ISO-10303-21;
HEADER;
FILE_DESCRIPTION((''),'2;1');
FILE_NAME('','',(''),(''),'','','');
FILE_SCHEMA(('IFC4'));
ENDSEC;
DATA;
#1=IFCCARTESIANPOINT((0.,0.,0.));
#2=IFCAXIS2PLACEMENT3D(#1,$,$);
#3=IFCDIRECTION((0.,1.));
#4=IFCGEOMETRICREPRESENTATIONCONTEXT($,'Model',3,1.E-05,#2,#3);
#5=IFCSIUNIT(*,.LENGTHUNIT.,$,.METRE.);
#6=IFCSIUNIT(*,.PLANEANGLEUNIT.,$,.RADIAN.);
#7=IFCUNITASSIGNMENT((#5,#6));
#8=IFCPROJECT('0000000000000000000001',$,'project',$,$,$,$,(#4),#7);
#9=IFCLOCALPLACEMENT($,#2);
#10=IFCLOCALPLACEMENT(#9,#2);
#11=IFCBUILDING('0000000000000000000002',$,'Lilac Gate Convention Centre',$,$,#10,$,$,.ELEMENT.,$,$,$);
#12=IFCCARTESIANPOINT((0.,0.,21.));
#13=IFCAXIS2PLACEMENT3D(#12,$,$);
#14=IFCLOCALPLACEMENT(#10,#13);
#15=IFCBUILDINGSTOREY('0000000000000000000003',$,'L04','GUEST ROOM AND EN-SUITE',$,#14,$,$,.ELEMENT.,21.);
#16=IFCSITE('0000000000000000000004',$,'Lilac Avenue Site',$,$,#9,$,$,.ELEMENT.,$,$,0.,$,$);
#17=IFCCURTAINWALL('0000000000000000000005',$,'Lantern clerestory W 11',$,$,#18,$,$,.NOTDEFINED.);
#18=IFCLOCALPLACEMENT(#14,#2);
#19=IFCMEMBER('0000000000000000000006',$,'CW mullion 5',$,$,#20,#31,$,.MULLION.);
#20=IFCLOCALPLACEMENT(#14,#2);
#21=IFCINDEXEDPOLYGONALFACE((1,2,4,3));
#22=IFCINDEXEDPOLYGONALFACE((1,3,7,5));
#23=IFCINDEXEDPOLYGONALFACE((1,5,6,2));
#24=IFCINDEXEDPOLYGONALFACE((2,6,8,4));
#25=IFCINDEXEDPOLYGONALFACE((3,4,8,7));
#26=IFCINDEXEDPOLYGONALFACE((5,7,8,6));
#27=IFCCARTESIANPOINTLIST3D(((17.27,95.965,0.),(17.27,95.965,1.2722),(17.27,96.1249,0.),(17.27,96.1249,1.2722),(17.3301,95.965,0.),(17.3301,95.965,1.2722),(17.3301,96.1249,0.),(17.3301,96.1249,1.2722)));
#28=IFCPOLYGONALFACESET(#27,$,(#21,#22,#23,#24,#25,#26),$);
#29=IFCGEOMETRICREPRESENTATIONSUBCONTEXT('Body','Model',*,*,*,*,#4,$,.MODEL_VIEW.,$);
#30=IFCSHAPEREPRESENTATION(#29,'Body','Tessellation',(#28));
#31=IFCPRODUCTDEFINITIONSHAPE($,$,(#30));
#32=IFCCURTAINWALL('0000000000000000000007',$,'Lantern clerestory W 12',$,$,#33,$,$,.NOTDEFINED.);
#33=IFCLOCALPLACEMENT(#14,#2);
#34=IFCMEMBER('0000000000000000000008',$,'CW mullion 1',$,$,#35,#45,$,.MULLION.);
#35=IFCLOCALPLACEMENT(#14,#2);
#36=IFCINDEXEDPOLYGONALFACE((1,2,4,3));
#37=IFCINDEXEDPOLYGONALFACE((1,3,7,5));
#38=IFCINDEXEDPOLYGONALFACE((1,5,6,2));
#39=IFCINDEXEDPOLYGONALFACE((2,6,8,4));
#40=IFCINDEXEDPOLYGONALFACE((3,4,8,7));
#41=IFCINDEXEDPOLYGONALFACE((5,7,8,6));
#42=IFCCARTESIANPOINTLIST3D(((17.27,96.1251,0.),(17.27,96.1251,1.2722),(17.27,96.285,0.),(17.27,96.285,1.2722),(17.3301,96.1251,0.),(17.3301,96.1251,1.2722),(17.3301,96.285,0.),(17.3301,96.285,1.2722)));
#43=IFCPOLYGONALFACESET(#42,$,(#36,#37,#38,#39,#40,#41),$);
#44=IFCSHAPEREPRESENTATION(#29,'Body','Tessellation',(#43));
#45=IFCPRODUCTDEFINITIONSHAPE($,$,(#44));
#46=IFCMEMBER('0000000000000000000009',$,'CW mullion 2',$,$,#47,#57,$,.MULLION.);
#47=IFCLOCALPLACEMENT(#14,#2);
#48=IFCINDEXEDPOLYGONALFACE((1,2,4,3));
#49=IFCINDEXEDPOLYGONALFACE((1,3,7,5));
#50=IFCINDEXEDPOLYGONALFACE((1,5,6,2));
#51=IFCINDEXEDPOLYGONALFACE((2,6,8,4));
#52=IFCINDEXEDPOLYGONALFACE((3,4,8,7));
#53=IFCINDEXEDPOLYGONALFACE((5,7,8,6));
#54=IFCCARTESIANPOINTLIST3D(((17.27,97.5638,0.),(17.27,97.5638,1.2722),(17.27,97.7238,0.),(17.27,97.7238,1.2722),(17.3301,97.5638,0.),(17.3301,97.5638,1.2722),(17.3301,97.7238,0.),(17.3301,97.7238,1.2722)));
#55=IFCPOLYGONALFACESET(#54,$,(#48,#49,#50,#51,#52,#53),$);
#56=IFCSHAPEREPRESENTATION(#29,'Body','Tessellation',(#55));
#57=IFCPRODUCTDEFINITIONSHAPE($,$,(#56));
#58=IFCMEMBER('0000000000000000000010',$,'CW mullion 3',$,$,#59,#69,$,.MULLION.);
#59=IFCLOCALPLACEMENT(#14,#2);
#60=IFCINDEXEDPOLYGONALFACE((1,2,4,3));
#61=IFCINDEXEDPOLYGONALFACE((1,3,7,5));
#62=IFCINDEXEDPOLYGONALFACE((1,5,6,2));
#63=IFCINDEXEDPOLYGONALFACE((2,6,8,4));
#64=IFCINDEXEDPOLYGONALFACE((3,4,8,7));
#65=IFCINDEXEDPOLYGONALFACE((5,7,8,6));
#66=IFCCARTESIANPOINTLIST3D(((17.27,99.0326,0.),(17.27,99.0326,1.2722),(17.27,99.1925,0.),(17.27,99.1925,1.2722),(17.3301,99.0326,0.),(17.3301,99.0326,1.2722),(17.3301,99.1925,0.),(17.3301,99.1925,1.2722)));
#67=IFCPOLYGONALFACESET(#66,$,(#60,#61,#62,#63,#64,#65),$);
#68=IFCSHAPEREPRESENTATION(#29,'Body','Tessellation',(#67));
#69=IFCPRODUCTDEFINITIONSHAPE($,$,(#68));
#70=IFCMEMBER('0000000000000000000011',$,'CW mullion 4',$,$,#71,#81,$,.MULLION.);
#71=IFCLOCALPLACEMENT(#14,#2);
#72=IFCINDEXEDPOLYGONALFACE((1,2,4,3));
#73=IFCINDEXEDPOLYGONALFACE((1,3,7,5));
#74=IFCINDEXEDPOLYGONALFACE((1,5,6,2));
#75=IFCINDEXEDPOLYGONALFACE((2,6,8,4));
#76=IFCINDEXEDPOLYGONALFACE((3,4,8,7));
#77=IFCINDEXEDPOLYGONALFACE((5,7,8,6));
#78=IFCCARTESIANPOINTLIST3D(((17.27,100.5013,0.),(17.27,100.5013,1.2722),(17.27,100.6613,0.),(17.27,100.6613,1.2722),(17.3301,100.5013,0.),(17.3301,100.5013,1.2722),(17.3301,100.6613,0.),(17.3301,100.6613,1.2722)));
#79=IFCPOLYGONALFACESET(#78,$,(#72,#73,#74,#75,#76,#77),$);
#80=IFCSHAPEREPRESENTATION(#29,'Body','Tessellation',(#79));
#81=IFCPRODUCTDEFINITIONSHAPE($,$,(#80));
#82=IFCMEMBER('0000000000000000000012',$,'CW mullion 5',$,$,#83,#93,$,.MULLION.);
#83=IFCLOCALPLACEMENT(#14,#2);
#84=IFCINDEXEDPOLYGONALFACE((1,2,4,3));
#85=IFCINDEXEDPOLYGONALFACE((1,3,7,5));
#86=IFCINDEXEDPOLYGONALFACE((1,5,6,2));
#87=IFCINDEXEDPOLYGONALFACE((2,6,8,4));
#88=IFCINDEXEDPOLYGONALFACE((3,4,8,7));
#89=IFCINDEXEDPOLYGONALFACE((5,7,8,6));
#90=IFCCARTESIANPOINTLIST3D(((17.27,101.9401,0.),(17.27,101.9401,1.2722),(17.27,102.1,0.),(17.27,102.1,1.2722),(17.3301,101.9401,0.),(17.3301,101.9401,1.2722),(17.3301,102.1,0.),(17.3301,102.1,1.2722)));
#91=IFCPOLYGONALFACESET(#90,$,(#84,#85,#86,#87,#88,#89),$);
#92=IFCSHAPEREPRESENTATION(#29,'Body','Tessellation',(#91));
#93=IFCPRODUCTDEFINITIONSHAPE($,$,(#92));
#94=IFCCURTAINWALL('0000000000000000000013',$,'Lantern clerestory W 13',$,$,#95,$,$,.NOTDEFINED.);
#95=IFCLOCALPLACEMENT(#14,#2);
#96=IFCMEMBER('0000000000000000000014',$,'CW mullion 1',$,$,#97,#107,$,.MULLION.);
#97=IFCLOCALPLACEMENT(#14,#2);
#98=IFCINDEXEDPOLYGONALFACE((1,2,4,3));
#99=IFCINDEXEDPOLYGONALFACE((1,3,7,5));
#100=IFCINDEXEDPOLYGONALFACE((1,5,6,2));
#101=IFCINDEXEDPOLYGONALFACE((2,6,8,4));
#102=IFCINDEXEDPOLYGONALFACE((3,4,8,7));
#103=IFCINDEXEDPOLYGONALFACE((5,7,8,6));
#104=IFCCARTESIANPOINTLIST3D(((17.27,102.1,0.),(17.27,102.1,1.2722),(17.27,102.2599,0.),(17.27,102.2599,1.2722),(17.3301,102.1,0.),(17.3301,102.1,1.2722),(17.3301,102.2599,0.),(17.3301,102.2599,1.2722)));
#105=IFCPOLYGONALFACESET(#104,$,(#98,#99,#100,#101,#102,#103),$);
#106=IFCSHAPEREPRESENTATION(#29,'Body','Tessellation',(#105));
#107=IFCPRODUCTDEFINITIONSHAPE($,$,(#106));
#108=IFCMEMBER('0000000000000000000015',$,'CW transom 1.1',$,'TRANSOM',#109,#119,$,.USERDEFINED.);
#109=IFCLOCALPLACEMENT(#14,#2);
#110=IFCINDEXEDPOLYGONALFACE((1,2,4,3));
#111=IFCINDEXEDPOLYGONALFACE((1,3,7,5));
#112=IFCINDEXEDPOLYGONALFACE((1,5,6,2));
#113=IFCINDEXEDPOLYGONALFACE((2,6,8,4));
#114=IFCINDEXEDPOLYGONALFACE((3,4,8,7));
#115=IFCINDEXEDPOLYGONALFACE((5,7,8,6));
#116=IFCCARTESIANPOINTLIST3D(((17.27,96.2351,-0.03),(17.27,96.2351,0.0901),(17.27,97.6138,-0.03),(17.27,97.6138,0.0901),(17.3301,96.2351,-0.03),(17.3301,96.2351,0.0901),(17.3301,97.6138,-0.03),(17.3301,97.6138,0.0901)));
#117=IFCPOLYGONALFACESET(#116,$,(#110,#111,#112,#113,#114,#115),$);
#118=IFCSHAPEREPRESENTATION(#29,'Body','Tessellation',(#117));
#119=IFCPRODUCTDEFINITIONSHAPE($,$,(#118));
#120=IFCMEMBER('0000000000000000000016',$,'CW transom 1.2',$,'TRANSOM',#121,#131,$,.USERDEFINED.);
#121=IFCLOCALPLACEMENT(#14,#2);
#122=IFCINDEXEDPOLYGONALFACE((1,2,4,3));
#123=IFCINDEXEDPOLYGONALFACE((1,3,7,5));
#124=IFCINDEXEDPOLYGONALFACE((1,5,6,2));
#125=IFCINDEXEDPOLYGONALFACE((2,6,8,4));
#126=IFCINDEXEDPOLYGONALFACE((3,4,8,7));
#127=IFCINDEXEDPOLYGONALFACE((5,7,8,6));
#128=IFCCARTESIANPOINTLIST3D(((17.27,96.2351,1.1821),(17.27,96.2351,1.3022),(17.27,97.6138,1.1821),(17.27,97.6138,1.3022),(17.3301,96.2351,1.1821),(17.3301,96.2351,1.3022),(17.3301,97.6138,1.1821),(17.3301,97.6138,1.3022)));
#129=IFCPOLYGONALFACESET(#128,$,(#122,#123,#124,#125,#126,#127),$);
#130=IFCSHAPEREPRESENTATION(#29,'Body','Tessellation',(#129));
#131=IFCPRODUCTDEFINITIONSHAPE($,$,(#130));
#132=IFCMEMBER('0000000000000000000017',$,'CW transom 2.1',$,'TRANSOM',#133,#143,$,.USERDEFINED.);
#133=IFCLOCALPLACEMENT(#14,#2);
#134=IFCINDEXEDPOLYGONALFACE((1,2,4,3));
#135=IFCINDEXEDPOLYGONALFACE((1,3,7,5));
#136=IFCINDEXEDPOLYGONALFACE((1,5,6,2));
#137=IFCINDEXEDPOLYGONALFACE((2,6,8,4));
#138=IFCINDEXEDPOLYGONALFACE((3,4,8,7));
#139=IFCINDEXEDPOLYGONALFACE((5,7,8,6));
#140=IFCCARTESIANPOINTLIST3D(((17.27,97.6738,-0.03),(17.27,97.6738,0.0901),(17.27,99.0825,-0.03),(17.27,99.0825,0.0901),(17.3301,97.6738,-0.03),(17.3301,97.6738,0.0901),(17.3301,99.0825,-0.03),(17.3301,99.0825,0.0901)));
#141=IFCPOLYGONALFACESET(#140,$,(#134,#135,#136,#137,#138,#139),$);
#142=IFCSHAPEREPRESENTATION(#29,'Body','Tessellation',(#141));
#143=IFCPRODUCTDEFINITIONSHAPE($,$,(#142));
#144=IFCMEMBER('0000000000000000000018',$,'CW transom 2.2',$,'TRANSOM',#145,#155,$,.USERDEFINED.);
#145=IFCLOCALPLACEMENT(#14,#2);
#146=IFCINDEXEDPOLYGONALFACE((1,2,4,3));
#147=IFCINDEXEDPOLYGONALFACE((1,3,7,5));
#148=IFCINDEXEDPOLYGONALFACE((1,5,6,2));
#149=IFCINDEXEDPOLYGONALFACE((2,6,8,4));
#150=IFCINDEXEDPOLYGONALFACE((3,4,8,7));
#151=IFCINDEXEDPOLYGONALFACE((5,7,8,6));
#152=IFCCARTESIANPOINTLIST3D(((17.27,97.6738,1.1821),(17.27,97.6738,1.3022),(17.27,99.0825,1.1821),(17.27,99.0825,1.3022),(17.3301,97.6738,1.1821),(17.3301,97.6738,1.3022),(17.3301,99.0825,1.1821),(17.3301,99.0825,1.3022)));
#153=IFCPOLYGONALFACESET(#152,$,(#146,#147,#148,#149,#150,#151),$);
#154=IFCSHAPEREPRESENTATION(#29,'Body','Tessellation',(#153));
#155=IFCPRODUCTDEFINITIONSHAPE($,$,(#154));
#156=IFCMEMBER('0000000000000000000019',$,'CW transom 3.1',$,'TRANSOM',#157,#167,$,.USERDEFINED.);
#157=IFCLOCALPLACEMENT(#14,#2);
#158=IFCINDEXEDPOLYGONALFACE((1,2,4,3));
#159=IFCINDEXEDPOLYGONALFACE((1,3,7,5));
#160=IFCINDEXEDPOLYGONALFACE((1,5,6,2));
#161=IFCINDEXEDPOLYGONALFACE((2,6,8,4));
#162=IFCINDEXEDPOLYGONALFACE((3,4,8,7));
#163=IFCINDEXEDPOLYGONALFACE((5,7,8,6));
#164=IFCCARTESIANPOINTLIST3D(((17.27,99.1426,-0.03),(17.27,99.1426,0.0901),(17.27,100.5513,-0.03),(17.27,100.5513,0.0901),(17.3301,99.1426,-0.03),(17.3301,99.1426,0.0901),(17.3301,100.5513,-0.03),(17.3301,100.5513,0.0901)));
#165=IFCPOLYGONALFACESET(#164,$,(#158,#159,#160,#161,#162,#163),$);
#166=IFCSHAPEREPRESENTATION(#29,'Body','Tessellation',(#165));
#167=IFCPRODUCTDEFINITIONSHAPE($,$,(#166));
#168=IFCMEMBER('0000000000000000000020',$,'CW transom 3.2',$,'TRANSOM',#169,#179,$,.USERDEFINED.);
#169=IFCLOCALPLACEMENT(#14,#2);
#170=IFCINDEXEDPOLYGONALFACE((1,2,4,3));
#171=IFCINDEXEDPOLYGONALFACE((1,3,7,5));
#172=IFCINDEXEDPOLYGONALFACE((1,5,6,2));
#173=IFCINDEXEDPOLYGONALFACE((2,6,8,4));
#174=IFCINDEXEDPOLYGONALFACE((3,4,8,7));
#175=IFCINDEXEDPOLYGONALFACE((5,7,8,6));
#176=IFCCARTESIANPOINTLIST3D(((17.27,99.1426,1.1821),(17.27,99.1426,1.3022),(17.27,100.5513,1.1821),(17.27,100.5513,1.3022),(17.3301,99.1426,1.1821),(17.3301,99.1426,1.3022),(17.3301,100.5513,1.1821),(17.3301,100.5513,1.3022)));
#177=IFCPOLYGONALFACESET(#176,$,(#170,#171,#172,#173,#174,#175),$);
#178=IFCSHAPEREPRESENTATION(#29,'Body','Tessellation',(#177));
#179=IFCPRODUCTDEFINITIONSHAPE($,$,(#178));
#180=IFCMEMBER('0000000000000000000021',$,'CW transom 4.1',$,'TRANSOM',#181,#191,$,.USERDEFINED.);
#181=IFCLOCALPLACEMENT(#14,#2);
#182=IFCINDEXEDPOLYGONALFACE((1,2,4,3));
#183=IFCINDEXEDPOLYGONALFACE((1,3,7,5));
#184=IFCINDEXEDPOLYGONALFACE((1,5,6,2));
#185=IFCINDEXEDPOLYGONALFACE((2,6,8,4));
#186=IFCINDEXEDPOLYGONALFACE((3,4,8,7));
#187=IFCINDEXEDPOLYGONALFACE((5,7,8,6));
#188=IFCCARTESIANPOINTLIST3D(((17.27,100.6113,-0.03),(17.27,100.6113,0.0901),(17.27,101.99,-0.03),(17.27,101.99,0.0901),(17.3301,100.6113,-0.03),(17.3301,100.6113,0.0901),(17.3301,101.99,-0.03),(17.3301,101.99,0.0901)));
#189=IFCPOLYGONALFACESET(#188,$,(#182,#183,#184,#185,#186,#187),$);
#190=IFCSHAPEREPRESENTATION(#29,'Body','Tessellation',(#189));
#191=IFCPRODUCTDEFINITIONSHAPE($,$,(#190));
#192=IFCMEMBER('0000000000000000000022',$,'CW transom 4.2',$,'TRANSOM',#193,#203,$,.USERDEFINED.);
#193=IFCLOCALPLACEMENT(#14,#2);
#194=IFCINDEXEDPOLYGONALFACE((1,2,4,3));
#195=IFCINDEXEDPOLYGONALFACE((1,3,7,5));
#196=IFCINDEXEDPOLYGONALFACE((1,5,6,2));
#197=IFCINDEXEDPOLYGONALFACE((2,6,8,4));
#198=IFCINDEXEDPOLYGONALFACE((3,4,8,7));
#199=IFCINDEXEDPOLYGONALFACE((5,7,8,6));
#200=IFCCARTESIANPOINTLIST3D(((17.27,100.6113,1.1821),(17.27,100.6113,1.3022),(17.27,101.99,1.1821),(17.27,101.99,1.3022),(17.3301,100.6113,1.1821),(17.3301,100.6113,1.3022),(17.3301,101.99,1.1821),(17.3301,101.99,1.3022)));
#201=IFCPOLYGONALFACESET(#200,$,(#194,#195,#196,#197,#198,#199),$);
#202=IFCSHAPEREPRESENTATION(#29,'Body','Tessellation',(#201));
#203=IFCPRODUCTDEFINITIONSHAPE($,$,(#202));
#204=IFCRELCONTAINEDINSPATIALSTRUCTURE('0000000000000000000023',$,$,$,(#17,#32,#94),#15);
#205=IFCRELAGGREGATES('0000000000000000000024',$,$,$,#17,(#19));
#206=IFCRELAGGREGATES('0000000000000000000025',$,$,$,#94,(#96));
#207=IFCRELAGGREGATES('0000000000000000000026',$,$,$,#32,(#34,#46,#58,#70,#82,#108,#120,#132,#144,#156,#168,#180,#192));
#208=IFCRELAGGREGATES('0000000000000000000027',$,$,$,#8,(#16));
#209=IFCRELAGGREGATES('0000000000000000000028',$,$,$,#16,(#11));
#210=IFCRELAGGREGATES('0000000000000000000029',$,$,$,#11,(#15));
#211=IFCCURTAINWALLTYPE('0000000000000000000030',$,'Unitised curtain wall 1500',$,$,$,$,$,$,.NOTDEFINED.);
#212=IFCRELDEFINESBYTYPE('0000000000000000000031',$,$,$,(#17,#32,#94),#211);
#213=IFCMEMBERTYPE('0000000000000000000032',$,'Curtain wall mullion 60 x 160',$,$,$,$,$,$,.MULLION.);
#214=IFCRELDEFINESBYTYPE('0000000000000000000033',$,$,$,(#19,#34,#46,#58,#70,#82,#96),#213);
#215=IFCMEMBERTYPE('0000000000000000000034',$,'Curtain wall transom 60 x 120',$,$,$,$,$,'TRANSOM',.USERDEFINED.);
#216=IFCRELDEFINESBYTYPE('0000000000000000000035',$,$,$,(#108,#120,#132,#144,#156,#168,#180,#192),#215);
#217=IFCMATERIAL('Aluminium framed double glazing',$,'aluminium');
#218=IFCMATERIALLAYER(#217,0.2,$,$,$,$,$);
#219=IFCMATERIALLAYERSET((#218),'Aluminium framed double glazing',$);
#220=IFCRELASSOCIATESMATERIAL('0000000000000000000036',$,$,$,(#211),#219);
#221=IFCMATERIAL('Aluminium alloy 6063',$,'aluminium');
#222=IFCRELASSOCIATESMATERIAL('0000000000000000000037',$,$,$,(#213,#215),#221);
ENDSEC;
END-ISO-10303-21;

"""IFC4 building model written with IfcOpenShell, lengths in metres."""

from ifc_helpers import new_model, si_unit, direction, frame, origin, origin_2d, place, context, subcontext, project, spatial, rectangle, extrude, material, layer, layer_set, material_profile, profile_set, type_object, element, aggregate, save


model = new_model("IFC4")

# Units and contexts
model_context = context("Model", 3, precision=1e-05, world=origin(), true_north=direction((0.0, 1.0)))
body_context = subcontext(model_context, "Body", "Model", "MODEL_VIEW")
ifc_project = project(units=[si_unit("LENGTHUNIT", "METRE"), si_unit("PLANEANGLEUNIT", "RADIAN")], contexts=[model_context])

# Site, building, storey
site_placement = place(None, origin())
site = spatial("IfcSite", under=ifc_project, at=site_placement, Name="Lilac Avenue Site", CompositionType="ELEMENT", RefElevation=0.0)
building_placement = place(site_placement, origin())
building = spatial("IfcBuilding", under=site, at=building_placement, Name="Lilac Gate Convention Centre", CompositionType="ELEMENT")
storey_placement = place(building_placement, frame((0.0, 0.0, 21.0)))
storey = spatial("IfcBuildingStorey", under=building, at=storey_placement, Name="L04", Description="GUEST ROOM AND EN-SUITE", CompositionType="ELEMENT", Elevation=21.0)

# Curtain wall, member
ifc_material_1 = material(Name="Aluminium framed double glazing", Category="aluminium")
ifc_layer_1 = layer(ifc_material_1, 0.2)
ifc_layer_set_1 = layer_set([ifc_layer_1], Name="Aluminium framed double glazing")
curtain_wall_type = type_object("IfcCurtainWallType", Name="Unitised curtain wall 1500", PredefinedType="NOTDEFINED", material=ifc_layer_set_1)
curtain_wall_1_placement = place(storey_placement, origin())
curtain_wall_1 = element("IfcCurtainWall", 1, at=curtain_wall_1_placement, inside=storey, type_object=curtain_wall_type, Name="Lantern clerestory W 11", PredefinedType="NOTDEFINED")
ifc_material_2 = material(Name="Aluminium alloy 6063", Category="aluminium")
ifc_material_profile_1 = material_profile(ifc_material_2, rectangle(XDim=0.0601, YDim=0.1599, at=origin_2d()), Name="Curtain wall mullion 60 x 160")
ifc_profile_set_1 = profile_set([ifc_material_profile_1], Name="Aluminium alloy 6063")
member_type_1 = type_object("IfcMemberType", Name="Curtain wall mullion 60 x 160", PredefinedType="MULLION", material=ifc_profile_set_1)
member_1_placement = place(storey_placement, frame((17.3, 96.0449, 0.0), z_axis=(0.0, 0.0, 1.0), x_axis=(-1.0, 0.0, 0.0)))
member_1 = element("IfcMember", 2, at=member_1_placement, type_object=member_type_1, Name="CW mullion 5", PredefinedType="MULLION", context=body_context, shape_type="SweptSolid", body=[
    extrude(rectangle(XDim=0.0601, YDim=0.1599, at=origin_2d()), origin(), (0.0, 0.0, 1.0), 1.2722),
])
aggregate(curtain_wall_1, [member_1])

# Curtain wall, members
curtain_wall_2_placement = place(storey_placement, origin())
curtain_wall_2 = element("IfcCurtainWall", 3, at=curtain_wall_2_placement, inside=storey, type_object=curtain_wall_type, Name="Lantern clerestory W 12", PredefinedType="NOTDEFINED")
member_2_placement = place(storey_placement, frame((17.3, 96.2051, 0.0), z_axis=(0.0, 0.0, 1.0), x_axis=(-1.0, 0.0, 0.0)))
member_2 = element("IfcMember", 4, at=member_2_placement, type_object=member_type_1, Name="CW mullion 1", PredefinedType="MULLION", context=body_context, shape_type="SweptSolid", body=[
    extrude(rectangle(XDim=0.0601, YDim=0.1599, at=origin_2d()), origin(), (0.0, 0.0, 1.0), 1.2722),
])
member_3_placement = place(storey_placement, frame((17.3, 97.6438, 0.0), z_axis=(0.0, 0.0, 1.0), x_axis=(-1.0, 0.0, 0.0)))
member_3 = element("IfcMember", 5, at=member_3_placement, type_object=member_type_1, Name="CW mullion 2", PredefinedType="MULLION", context=body_context, shape_type="SweptSolid", body=[
    extrude(rectangle(XDim=0.0601, YDim=0.1599, at=origin_2d()), origin(), (0.0, 0.0, 1.0), 1.2722),
])
member_4_placement = place(storey_placement, frame((17.3, 99.1125, 0.0), z_axis=(0.0, 0.0, 1.0), x_axis=(-1.0, 0.0, 0.0)))
member_4 = element("IfcMember", 6, at=member_4_placement, type_object=member_type_1, Name="CW mullion 3", PredefinedType="MULLION", context=body_context, shape_type="SweptSolid", body=[
    extrude(rectangle(XDim=0.0601, YDim=0.1599, at=origin_2d()), origin(), (0.0, 0.0, 1.0), 1.2722),
])
member_5_placement = place(storey_placement, frame((17.3, 100.5813, 0.0), z_axis=(0.0, 0.0, 1.0), x_axis=(-1.0, 0.0, 0.0)))
member_5 = element("IfcMember", 7, at=member_5_placement, type_object=member_type_1, Name="CW mullion 4", PredefinedType="MULLION", context=body_context, shape_type="SweptSolid", body=[
    extrude(rectangle(XDim=0.0601, YDim=0.1599, at=origin_2d()), origin(), (0.0, 0.0, 1.0), 1.2722),
])
member_6_placement = place(storey_placement, frame((17.3, 102.02, 0.0), z_axis=(0.0, 0.0, 1.0), x_axis=(-1.0, 0.0, 0.0)))
member_6 = element("IfcMember", 8, at=member_6_placement, type_object=member_type_1, Name="CW mullion 5", PredefinedType="MULLION", context=body_context, shape_type="SweptSolid", body=[
    extrude(rectangle(XDim=0.0601, YDim=0.1599, at=origin_2d()), origin(), (0.0, 0.0, 1.0), 1.2722),
])

# Curtain wall, member
curtain_wall_3_placement = place(storey_placement, origin())
curtain_wall_3 = element("IfcCurtainWall", 9, at=curtain_wall_3_placement, inside=storey, type_object=curtain_wall_type, Name="Lantern clerestory W 13", PredefinedType="NOTDEFINED")
member_7_placement = place(storey_placement, frame((17.3, 102.1799, 0.0), z_axis=(0.0, 0.0, 1.0), x_axis=(-1.0, 0.0, 0.0)))
member_7 = element("IfcMember", 10, at=member_7_placement, type_object=member_type_1, Name="CW mullion 1", PredefinedType="MULLION", context=body_context, shape_type="SweptSolid", body=[
    extrude(rectangle(XDim=0.0601, YDim=0.1599, at=origin_2d()), origin(), (0.0, 0.0, 1.0), 1.2722),
])

# Members
ifc_material_profile_2 = material_profile(ifc_material_2, rectangle(XDim=0.0601, YDim=0.1201, at=origin_2d()), Name="Curtain wall transom 60 x 120")
ifc_profile_set_2 = profile_set([ifc_material_profile_2], Name="Aluminium alloy 6063")
member_type_2 = type_object("IfcMemberType", Name="Curtain wall transom 60 x 120", ElementType="TRANSOM", PredefinedType="USERDEFINED", material=ifc_profile_set_2)
member_8_placement = place(storey_placement, frame((17.3, 96.2351, 0.03), z_axis=(0.0, 1.0, 0.0), x_axis=(-1.0, 0.0, 0.0)))
member_8 = element("IfcMember", 11, at=member_8_placement, type_object=member_type_2, Name="CW transom 1.1", ObjectType="TRANSOM", PredefinedType="USERDEFINED", context=body_context, shape_type="SweptSolid", body=[
    extrude(rectangle(XDim=0.0601, YDim=0.1201, at=origin_2d()), origin(), (0.0, 0.0, 1.0), 1.3787),
])
member_9_placement = place(storey_placement, frame((17.3, 96.2351, 1.2422), z_axis=(0.0, 1.0, 0.0), x_axis=(-1.0, 0.0, 0.0)))
member_9 = element("IfcMember", 12, at=member_9_placement, type_object=member_type_2, Name="CW transom 1.2", ObjectType="TRANSOM", PredefinedType="USERDEFINED", context=body_context, shape_type="SweptSolid", body=[
    extrude(rectangle(XDim=0.0601, YDim=0.1201, at=origin_2d()), origin(), (0.0, 0.0, 1.0), 1.3787),
])
member_10_placement = place(storey_placement, frame((17.3, 97.6738, 0.03), z_axis=(0.0, 1.0, 0.0), x_axis=(-1.0, 0.0, 0.0)))
member_10 = element("IfcMember", 13, at=member_10_placement, type_object=member_type_2, Name="CW transom 2.1", ObjectType="TRANSOM", PredefinedType="USERDEFINED", context=body_context, shape_type="SweptSolid", body=[
    extrude(rectangle(XDim=0.0601, YDim=0.1201, at=origin_2d()), origin(), (0.0, 0.0, 1.0), 1.4087),
])
member_11_placement = place(storey_placement, frame((17.3, 97.6738, 1.2422), z_axis=(0.0, 1.0, 0.0), x_axis=(-1.0, 0.0, 0.0)))
member_11 = element("IfcMember", 14, at=member_11_placement, type_object=member_type_2, Name="CW transom 2.2", ObjectType="TRANSOM", PredefinedType="USERDEFINED", context=body_context, shape_type="SweptSolid", body=[
    extrude(rectangle(XDim=0.0601, YDim=0.1201, at=origin_2d()), origin(), (0.0, 0.0, 1.0), 1.4087),
])
member_12_placement = place(storey_placement, frame((17.3, 99.1426, 0.03), z_axis=(0.0, 1.0, 0.0), x_axis=(-1.0, 0.0, 0.0)))
member_12 = element("IfcMember", 15, at=member_12_placement, type_object=member_type_2, Name="CW transom 3.1", ObjectType="TRANSOM", PredefinedType="USERDEFINED", context=body_context, shape_type="SweptSolid", body=[
    extrude(rectangle(XDim=0.0601, YDim=0.1201, at=origin_2d()), origin(), (0.0, 0.0, 1.0), 1.4087),
])
member_13_placement = place(storey_placement, frame((17.3, 99.1426, 1.2422), z_axis=(0.0, 1.0, 0.0), x_axis=(-1.0, 0.0, 0.0)))
member_13 = element("IfcMember", 16, at=member_13_placement, type_object=member_type_2, Name="CW transom 3.2", ObjectType="TRANSOM", PredefinedType="USERDEFINED", context=body_context, shape_type="SweptSolid", body=[
    extrude(rectangle(XDim=0.0601, YDim=0.1201, at=origin_2d()), origin(), (0.0, 0.0, 1.0), 1.4087),
])
member_14_placement = place(storey_placement, frame((17.3, 100.6113, 0.03), z_axis=(0.0, 1.0, 0.0), x_axis=(-1.0, 0.0, 0.0)))
member_14 = element("IfcMember", 17, at=member_14_placement, type_object=member_type_2, Name="CW transom 4.1", ObjectType="TRANSOM", PredefinedType="USERDEFINED", context=body_context, shape_type="SweptSolid", body=[
    extrude(rectangle(XDim=0.0601, YDim=0.1201, at=origin_2d()), origin(), (0.0, 0.0, 1.0), 1.3787),
])
member_15_placement = place(storey_placement, frame((17.3, 100.6113, 1.2422), z_axis=(0.0, 1.0, 0.0), x_axis=(-1.0, 0.0, 0.0)))
member_15 = element("IfcMember", 18, at=member_15_placement, type_object=member_type_2, Name="CW transom 4.2", ObjectType="TRANSOM", PredefinedType="USERDEFINED", context=body_context, shape_type="SweptSolid", body=[
    extrude(rectangle(XDim=0.0601, YDim=0.1201, at=origin_2d()), origin(), (0.0, 0.0, 1.0), 1.3787),
])
aggregate(curtain_wall_3, [member_7])

aggregate(curtain_wall_2, [member_2, member_3, member_4, member_5, member_6, member_8, member_9, member_10, member_11, member_12, member_13, member_14, member_15])

save(model, "model.ifc")
